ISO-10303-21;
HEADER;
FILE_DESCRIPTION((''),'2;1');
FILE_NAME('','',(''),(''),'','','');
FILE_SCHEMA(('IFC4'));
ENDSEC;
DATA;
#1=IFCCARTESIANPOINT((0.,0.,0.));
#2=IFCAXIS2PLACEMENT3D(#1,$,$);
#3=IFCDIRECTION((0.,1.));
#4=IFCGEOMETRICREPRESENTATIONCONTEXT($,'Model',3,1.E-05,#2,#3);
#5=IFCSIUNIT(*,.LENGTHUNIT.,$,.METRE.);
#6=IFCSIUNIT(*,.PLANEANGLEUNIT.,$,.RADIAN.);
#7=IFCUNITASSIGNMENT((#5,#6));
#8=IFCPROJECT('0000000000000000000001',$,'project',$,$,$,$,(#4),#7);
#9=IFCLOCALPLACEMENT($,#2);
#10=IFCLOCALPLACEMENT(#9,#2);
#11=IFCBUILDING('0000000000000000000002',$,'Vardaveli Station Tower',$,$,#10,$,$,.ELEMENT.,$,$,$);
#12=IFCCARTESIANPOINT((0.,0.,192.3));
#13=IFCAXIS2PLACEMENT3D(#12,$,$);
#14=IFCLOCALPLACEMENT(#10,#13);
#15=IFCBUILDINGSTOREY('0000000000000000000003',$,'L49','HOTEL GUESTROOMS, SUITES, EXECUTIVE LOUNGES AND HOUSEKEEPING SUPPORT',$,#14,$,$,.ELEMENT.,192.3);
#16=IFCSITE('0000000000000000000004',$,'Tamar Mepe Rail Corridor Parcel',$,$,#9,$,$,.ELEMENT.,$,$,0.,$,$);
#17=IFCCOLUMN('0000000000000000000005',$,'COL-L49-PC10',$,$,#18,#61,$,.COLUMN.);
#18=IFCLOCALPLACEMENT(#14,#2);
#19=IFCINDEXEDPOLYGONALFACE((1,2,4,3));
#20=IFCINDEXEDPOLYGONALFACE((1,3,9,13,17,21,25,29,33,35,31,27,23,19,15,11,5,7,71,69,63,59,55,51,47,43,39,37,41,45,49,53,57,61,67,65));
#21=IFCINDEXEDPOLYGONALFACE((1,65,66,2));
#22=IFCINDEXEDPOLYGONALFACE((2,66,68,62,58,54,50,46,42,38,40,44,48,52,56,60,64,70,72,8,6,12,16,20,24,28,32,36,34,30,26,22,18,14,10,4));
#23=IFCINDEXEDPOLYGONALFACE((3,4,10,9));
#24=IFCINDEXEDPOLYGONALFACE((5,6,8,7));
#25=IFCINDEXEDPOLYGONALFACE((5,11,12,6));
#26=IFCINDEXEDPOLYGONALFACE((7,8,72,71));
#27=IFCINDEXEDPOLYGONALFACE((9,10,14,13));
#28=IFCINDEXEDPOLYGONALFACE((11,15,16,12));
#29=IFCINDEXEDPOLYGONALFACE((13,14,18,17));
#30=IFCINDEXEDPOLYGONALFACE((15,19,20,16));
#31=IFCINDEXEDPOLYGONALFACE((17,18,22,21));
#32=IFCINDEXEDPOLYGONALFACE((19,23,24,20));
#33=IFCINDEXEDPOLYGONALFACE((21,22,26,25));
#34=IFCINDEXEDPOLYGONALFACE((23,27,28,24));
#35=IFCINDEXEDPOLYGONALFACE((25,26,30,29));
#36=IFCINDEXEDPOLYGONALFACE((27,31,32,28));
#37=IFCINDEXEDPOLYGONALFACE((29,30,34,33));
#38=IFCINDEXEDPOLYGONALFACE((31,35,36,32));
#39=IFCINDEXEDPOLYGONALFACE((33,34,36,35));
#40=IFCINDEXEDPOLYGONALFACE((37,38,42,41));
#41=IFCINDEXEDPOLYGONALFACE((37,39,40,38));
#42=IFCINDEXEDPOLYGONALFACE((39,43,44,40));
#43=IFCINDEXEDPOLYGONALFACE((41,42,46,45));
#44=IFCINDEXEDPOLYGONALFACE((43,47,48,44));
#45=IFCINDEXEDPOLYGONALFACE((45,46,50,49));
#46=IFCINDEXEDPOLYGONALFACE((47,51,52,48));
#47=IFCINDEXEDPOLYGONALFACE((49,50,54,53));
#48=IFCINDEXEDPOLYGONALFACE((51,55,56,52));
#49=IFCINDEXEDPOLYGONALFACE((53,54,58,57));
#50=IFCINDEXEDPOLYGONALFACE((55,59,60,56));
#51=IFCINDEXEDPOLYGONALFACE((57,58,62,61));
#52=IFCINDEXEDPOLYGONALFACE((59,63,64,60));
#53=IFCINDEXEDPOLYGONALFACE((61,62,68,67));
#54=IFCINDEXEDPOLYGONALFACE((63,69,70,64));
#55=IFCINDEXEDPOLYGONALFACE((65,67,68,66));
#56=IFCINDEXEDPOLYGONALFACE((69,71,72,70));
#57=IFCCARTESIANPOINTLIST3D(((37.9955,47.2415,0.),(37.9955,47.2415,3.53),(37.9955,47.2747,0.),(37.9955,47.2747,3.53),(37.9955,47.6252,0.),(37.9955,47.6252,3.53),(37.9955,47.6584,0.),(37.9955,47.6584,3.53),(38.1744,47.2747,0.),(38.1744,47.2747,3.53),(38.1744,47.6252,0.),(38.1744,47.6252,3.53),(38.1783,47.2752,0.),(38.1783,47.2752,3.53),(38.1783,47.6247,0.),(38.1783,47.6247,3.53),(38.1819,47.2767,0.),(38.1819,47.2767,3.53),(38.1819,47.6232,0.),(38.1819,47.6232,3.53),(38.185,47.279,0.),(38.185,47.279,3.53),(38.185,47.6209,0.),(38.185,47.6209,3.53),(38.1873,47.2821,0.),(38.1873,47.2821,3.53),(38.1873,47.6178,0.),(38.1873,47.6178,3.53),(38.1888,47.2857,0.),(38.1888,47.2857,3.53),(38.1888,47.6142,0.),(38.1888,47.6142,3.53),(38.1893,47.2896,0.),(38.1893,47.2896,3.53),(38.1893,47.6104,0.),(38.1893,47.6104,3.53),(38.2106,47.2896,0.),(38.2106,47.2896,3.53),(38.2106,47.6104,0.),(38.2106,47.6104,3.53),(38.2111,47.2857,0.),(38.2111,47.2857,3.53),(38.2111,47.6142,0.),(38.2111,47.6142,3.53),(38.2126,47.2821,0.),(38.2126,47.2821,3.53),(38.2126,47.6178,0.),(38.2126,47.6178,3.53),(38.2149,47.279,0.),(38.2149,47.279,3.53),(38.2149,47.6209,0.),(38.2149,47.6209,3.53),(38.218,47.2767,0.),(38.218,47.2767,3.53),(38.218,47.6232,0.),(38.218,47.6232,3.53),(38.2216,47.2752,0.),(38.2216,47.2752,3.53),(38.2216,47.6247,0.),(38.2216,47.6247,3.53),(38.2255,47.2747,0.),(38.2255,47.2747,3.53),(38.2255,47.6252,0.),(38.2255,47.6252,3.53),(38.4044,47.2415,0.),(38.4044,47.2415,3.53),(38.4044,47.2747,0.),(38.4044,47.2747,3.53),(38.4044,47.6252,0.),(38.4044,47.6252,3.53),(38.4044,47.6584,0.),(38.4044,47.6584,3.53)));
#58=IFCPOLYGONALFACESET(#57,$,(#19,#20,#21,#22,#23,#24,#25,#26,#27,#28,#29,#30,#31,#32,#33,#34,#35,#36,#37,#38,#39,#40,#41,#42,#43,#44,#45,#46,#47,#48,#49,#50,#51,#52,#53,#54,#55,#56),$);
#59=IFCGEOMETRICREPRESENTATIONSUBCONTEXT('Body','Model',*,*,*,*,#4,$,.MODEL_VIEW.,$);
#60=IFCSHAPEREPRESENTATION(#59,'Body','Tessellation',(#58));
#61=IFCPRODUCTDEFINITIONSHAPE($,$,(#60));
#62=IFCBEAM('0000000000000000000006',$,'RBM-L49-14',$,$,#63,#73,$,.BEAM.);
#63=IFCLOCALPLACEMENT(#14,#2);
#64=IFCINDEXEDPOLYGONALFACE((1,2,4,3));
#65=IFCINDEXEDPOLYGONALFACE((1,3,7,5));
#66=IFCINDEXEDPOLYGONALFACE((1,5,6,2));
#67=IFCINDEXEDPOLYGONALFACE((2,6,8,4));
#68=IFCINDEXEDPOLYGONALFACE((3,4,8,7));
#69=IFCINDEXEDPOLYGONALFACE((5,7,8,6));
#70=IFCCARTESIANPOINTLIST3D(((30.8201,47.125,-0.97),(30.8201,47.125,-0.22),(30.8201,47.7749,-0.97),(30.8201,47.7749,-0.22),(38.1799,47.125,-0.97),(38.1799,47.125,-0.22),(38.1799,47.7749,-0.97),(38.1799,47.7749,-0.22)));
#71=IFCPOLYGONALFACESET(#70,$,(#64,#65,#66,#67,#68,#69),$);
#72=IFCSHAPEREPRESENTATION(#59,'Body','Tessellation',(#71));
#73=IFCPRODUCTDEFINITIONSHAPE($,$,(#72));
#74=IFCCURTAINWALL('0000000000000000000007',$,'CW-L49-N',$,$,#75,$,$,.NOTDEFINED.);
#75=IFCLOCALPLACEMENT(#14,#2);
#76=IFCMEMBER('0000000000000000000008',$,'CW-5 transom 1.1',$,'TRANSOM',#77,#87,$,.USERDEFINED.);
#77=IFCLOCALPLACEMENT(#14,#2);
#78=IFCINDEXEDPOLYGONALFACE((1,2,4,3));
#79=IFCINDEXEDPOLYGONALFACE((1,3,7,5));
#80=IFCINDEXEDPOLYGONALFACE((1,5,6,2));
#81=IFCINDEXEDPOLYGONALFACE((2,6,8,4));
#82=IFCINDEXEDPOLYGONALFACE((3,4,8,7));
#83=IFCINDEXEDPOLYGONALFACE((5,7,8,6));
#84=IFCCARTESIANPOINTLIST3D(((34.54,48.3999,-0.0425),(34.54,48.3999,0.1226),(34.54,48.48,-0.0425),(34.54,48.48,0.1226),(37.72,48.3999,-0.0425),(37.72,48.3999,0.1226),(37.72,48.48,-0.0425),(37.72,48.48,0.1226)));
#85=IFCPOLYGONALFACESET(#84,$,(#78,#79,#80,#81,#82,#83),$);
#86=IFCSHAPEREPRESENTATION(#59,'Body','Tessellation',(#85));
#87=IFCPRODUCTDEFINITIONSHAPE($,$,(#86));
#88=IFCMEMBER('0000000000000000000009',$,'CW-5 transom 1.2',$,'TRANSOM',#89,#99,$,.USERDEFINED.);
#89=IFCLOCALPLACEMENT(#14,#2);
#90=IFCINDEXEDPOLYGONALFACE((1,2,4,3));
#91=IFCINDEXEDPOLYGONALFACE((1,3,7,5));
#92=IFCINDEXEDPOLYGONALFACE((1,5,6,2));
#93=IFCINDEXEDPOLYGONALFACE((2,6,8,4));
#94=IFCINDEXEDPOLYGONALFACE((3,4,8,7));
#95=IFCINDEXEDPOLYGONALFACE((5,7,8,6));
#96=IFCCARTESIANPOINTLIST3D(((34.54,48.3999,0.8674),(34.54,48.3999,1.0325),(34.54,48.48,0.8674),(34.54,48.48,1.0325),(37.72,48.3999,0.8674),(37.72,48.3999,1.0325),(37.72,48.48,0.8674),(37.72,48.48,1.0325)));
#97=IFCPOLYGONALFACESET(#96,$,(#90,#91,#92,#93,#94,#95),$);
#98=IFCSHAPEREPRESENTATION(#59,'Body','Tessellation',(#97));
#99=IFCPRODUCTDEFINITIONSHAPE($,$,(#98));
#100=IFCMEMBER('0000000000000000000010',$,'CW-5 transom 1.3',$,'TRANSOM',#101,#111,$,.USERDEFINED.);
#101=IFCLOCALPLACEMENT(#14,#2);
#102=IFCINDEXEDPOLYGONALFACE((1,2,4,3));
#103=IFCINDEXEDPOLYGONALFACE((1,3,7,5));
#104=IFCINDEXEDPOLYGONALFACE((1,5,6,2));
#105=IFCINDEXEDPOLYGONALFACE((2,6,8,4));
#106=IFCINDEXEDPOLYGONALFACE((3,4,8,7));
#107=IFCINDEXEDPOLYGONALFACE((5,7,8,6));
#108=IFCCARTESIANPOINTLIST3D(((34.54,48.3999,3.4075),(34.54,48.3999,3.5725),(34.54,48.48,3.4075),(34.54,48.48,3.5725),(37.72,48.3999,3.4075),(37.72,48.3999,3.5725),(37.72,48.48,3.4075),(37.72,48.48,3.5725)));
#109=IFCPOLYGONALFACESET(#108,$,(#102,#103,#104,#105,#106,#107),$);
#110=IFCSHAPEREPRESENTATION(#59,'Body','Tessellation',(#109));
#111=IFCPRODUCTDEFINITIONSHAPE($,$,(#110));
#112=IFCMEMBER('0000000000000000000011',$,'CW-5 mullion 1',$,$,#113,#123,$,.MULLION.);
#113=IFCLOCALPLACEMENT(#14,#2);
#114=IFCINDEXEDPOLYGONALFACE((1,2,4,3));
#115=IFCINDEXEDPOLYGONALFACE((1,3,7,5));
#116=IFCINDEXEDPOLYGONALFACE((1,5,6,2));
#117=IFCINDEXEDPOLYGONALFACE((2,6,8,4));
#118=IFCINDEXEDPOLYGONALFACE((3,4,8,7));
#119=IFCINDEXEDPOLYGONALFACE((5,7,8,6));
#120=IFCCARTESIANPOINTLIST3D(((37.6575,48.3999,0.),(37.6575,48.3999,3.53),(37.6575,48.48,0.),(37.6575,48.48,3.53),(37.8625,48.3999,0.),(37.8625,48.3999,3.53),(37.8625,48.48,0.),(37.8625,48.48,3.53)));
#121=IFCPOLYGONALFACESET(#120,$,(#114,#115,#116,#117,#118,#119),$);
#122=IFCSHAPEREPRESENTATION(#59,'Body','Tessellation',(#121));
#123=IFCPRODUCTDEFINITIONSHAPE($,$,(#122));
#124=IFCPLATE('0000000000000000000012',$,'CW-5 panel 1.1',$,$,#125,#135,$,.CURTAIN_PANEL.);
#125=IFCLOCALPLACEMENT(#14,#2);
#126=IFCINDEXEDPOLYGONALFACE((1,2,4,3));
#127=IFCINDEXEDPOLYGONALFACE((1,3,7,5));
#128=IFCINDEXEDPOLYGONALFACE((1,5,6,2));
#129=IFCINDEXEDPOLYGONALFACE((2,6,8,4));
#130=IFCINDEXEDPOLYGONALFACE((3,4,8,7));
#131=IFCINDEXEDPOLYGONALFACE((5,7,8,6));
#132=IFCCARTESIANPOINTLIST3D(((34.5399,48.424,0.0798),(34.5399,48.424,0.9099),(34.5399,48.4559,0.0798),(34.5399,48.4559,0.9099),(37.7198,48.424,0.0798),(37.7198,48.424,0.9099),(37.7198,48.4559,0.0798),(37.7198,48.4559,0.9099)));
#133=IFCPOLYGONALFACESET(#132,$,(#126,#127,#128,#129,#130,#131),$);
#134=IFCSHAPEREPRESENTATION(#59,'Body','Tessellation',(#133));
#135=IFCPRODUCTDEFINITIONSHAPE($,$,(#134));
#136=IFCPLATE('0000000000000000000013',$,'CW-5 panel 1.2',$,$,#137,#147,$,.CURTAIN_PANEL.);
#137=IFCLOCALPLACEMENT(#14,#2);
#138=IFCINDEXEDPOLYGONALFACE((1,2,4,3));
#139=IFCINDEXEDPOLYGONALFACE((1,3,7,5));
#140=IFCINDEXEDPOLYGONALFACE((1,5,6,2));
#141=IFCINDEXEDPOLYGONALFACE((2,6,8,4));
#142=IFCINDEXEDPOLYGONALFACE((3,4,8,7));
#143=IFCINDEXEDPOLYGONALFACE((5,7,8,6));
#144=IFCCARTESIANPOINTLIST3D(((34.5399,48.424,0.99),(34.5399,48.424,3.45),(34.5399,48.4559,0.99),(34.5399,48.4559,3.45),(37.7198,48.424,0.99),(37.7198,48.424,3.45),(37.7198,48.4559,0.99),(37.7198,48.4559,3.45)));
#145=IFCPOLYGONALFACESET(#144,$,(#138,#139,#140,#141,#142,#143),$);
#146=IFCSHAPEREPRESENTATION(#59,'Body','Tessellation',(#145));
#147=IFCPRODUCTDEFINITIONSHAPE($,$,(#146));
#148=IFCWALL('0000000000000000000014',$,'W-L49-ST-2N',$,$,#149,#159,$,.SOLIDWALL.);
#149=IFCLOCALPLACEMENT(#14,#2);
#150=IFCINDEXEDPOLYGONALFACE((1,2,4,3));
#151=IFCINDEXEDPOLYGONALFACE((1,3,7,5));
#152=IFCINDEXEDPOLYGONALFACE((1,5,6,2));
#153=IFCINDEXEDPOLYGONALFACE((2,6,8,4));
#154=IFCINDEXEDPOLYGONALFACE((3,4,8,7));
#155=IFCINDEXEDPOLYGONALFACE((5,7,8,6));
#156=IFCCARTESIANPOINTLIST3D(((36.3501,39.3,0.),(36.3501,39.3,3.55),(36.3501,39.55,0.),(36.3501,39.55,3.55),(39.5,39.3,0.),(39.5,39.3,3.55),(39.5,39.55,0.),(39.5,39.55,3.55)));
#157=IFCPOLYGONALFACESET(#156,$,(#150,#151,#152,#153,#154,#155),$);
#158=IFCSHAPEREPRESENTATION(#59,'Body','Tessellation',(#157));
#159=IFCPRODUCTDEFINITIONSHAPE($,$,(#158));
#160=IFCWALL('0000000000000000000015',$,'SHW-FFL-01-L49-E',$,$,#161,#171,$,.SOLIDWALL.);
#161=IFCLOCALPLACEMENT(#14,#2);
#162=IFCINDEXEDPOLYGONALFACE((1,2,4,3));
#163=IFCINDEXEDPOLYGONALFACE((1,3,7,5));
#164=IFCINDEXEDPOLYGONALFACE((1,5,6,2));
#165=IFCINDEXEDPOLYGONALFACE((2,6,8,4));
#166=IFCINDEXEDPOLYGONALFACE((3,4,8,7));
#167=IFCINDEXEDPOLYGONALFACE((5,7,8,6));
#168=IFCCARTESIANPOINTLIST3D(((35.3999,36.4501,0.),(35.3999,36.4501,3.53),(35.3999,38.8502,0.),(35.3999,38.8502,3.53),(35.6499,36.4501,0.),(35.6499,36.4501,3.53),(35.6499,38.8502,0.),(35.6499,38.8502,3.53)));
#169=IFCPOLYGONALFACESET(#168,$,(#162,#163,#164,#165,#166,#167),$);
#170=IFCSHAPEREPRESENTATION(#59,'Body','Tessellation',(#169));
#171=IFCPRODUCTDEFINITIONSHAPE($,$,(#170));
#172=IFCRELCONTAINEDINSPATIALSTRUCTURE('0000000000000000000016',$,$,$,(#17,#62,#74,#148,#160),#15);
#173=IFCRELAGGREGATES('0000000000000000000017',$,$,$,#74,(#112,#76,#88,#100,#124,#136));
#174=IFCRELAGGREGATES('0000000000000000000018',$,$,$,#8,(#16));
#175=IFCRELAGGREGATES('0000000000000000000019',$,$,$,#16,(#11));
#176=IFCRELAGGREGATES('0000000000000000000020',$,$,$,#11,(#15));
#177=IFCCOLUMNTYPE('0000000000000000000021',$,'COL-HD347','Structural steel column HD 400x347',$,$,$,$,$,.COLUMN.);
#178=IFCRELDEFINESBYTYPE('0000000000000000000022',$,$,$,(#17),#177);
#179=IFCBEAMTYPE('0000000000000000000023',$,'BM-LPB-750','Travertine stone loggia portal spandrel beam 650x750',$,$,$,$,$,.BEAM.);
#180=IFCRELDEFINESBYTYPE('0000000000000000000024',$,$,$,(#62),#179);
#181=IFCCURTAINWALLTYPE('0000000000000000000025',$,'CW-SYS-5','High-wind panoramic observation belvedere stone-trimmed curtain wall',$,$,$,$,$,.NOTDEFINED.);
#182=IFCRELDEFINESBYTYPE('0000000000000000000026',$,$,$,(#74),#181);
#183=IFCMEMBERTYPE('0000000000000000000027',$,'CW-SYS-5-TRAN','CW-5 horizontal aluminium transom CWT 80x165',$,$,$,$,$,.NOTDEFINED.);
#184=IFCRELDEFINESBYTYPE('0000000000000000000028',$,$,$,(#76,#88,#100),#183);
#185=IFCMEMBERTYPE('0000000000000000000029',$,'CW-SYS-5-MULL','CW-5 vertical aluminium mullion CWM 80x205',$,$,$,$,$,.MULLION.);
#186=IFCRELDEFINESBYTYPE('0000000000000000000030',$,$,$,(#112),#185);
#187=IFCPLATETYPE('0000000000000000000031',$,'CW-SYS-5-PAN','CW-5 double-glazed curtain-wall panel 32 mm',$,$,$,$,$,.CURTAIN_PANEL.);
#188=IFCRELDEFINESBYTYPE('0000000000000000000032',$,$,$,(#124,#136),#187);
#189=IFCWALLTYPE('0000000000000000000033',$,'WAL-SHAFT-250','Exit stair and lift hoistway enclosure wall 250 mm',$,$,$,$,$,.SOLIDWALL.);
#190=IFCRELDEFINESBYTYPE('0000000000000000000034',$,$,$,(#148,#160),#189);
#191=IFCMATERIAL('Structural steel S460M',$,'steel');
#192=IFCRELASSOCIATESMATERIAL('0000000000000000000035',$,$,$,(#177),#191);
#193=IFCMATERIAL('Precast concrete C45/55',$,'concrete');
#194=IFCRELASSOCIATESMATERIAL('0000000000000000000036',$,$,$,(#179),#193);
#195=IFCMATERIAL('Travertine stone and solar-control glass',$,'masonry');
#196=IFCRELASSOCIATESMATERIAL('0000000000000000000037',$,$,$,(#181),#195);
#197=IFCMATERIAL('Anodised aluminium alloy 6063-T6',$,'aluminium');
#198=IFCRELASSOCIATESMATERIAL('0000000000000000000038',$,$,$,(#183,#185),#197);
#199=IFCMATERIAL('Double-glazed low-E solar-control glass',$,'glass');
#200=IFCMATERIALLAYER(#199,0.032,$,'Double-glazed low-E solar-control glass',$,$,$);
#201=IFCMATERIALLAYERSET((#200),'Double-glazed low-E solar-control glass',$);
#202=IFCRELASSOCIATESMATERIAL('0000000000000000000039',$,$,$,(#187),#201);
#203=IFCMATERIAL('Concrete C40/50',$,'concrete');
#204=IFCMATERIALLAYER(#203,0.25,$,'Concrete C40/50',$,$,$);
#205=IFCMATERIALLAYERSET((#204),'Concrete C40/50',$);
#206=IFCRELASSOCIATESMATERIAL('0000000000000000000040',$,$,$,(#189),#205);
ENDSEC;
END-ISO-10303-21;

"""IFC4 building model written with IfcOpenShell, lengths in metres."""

from ifc_helpers import new_model, si_unit, direction, frame, frame_2d, origin, origin_2d, place, context, subcontext, project, spatial, rectangle, i_section, extrude, source, transform, mapped, material, layer, layer_set, material_profile, profile_set, type_object, element, aggregate, save


model = new_model("IFC4")

# Units and contexts
model_context = context("Model", 3, precision=1e-05, world=origin(), true_north=direction((0.0, 1.0)))
body_context = subcontext(model_context, "Body", "Model", "MODEL_VIEW")
ifc_project = project(units=[si_unit("LENGTHUNIT", "METRE"), si_unit("PLANEANGLEUNIT", "RADIAN")], contexts=[model_context])

# Site, building, storey
site_placement = place(None, origin())
site = spatial("IfcSite", under=ifc_project, at=site_placement, Name="Tamar Mepe Rail Corridor Parcel", CompositionType="ELEMENT", RefElevation=0.0)
building_placement = place(site_placement, origin())
building = spatial("IfcBuilding", under=site, at=building_placement, Name="Vardaveli Station Tower", CompositionType="ELEMENT")
storey_placement = place(building_placement, frame((0.0, 0.0, 192.3)))
storey = spatial("IfcBuildingStorey", under=building, at=storey_placement, Name="L49", Description="HOTEL GUESTROOMS, SUITES, EXECUTIVE LOUNGES AND HOUSEKEEPING SUPPORT", CompositionType="ELEMENT", Elevation=192.3)

# Column
ifc_material_1 = material(Name="Structural steel S460M", Category="steel")
ifc_material_profile_1 = material_profile(ifc_material_1, i_section(OverallWidth=0.4089, OverallDepth=0.417, WebThickness=0.0212, FlangeThickness=0.0332, FilletRadius=0.0149, at=origin_2d()), Name="HD 400x347")
ifc_profile_set_1 = profile_set([ifc_material_profile_1], Name="Structural steel S460M")
column_type = type_object("IfcColumnType", Name="COL-HD347", Description="Structural steel column HD 400x347", PredefinedType="COLUMN", material=ifc_profile_set_1)
shared_shape_1 = source(origin(), body_context, "Body", "SweptSolid", [
    extrude(i_section(OverallWidth=0.4089, OverallDepth=0.417, WebThickness=0.0212, FlangeThickness=0.0332, FilletRadius=0.0149, at=origin_2d()), origin(), (0.0, 0.0, 1.0), 3.53),
])
column_placement = place(storey_placement, frame((38.2, 47.45, 0.0), z_axis=(0.0, 0.0, 1.0), x_axis=(1.0, 0.0, 0.0)))
element("IfcColumn", 1, at=column_placement, inside=storey, type_object=column_type, Name="COL-L49-PC10", PredefinedType="COLUMN", context=body_context, shape_type="MappedRepresentation", body=[
    mapped(shared_shape_1, transform((0.0, 0.0, 0.0), scale=1.0)),
])

# Beam
ifc_material_2 = material(Name="Precast concrete C45/55", Category="concrete")
ifc_material_profile_2 = material_profile(ifc_material_2, rectangle(XDim=0.6499, YDim=0.75, at=origin_2d()), Name="LPB 650x750")
ifc_profile_set_2 = profile_set([ifc_material_profile_2], Name="Precast concrete C45/55")
beam_type = type_object("IfcBeamType", Name="BM-LPB-750", Description="Travertine stone loggia portal spandrel beam 650x750", PredefinedType="BEAM", material=ifc_profile_set_2)
shared_shape_2 = source(origin(), body_context, "Body", "SweptSolid", [
    extrude(rectangle(XDim=0.6499, YDim=0.75, at=origin_2d()), origin(), (0.0, 0.0, 1.0), 7.3599),
])
beam_placement = place(storey_placement, frame((38.1799, 47.45, -0.595), z_axis=(-1.0, 0.0, 0.0), x_axis=(0.0, -1.0, 0.0)))
element("IfcBeam", 2, at=beam_placement, inside=storey, type_object=beam_type, Name="RBM-L49-14", PredefinedType="BEAM", context=body_context, shape_type="MappedRepresentation", body=[
    mapped(shared_shape_2, transform((0.0, 0.0, 0.0), scale=1.0)),
])

# Curtain wall, members, plates
ifc_material_3 = material(Name="Travertine stone and solar-control glass", Category="masonry")
curtain_wall_type = type_object("IfcCurtainWallType", Name="CW-SYS-5", Description="High-wind panoramic observation belvedere stone-trimmed curtain wall", PredefinedType="NOTDEFINED", material=ifc_material_3)
curtain_wall_placement = place(storey_placement, origin())
curtain_wall = element("IfcCurtainWall", 3, at=curtain_wall_placement, inside=storey, type_object=curtain_wall_type, Name="CW-L49-N", PredefinedType="NOTDEFINED")
ifc_material_4 = material(Name="Anodised aluminium alloy 6063-T6", Category="aluminium")
ifc_material_profile_3 = material_profile(ifc_material_4, rectangle(XDim=0.0801, YDim=0.165, at=origin_2d()), Name="CWT 80x165")
ifc_profile_set_3 = profile_set([ifc_material_profile_3], Name="Anodised aluminium alloy 6063-T6")
member_type_1 = type_object("IfcMemberType", Name="CW-SYS-5-TRAN", Description="CW-5 horizontal aluminium transom CWT 80x165", PredefinedType="NOTDEFINED", material=ifc_profile_set_3)
shared_shape_3 = source(origin(), body_context, "Body", "SweptSolid", [
    extrude(rectangle(XDim=0.0801, YDim=0.165, at=origin_2d()), origin(), (0.0, 0.0, 1.0), 3.1799),
])
member_1_placement = place(storey_placement, frame((37.72, 48.4399, 0.04), z_axis=(-1.0, 0.0, 0.0), x_axis=(0.0, -1.0, 0.0)))
member_1 = element("IfcMember", 4, at=member_1_placement, type_object=member_type_1, Name="CW-5 transom 1.1", ObjectType="TRANSOM", PredefinedType="USERDEFINED", context=body_context, shape_type="MappedRepresentation", body=[
    mapped(shared_shape_3, transform((0.0, 0.0, 0.0), scale=1.0)),
])
member_2_placement = place(storey_placement, frame((37.72, 48.4399, 0.95), z_axis=(-1.0, 0.0, 0.0), x_axis=(0.0, -1.0, 0.0)))
member_2 = element("IfcMember", 5, at=member_2_placement, type_object=member_type_1, Name="CW-5 transom 1.2", ObjectType="TRANSOM", PredefinedType="USERDEFINED", context=body_context, shape_type="MappedRepresentation", body=[
    mapped(shared_shape_3, transform((0.0, 0.0, 0.0), scale=1.0)),
])
member_3_placement = place(storey_placement, frame((37.72, 48.4399, 3.49), z_axis=(-1.0, 0.0, 0.0), x_axis=(0.0, -1.0, 0.0)))
member_3 = element("IfcMember", 6, at=member_3_placement, type_object=member_type_1, Name="CW-5 transom 1.3", ObjectType="TRANSOM", PredefinedType="USERDEFINED", context=body_context, shape_type="MappedRepresentation", body=[
    mapped(shared_shape_3, transform((0.0, 0.0, 0.0), scale=1.0)),
])
ifc_material_profile_4 = material_profile(ifc_material_4, rectangle(XDim=0.0801, YDim=0.2051, at=origin_2d()), Name="CWM 80x205")
ifc_profile_set_4 = profile_set([ifc_material_profile_4], Name="Anodised aluminium alloy 6063-T6")
member_type_2 = type_object("IfcMemberType", Name="CW-SYS-5-MULL", Description="CW-5 vertical aluminium mullion CWM 80x205", PredefinedType="MULLION", material=ifc_profile_set_4)
shared_shape_4 = source(origin(), body_context, "Body", "SweptSolid", [
    extrude(rectangle(XDim=0.0801, YDim=0.2051, at=origin_2d()), origin(), (0.0, 0.0, 1.0), 3.53),
])
member_4_placement = place(storey_placement, frame((37.76, 48.4399, 0.0), z_axis=(0.0, 0.0, 1.0), x_axis=(0.0, -1.0, 0.0)))
member_4 = element("IfcMember", 7, at=member_4_placement, type_object=member_type_2, Name="CW-5 mullion 1", PredefinedType="MULLION", context=body_context, shape_type="MappedRepresentation", body=[
    mapped(shared_shape_4, transform((0.0, 0.0, 0.0), scale=1.0)),
])
ifc_material_5 = material(Name="Double-glazed low-E solar-control glass", Category="glass")
ifc_layer_1 = layer(ifc_material_5, 0.032, Name="Double-glazed low-E solar-control glass")
ifc_layer_set_1 = layer_set([ifc_layer_1], Name="Double-glazed low-E solar-control glass")
plate_type = type_object("IfcPlateType", Name="CW-SYS-5-PAN", Description="CW-5 double-glazed curtain-wall panel 32 mm", PredefinedType="CURTAIN_PANEL", material=ifc_layer_set_1)
shared_shape_5 = source(origin(), body_context, "Body", "SweptSolid", [
    extrude(rectangle(XDim=3.1799, YDim=0.032, at=origin_2d()), origin(), (0.0, 0.0, 1.0), 0.8301),
])
plate_1_placement = place(storey_placement, frame((36.1299, 48.4399, 0.0798), z_axis=(0.0, 0.0, 1.0), x_axis=(-1.0, 0.0, 0.0)))
plate_1 = element("IfcPlate", 8, at=plate_1_placement, type_object=plate_type, Name="CW-5 panel 1.1", PredefinedType="CURTAIN_PANEL", context=body_context, shape_type="MappedRepresentation", body=[
    mapped(shared_shape_5, transform((0.0, 0.0, 0.0), scale=1.0)),
])
shared_shape_6 = source(origin(), body_context, "Body", "SweptSolid", [
    extrude(rectangle(XDim=3.1799, YDim=0.032, at=origin_2d()), origin(), (0.0, 0.0, 1.0), 2.46),
])
plate_2_placement = place(storey_placement, frame((36.1299, 48.4399, 0.99), z_axis=(0.0, 0.0, 1.0), x_axis=(-1.0, 0.0, 0.0)))
plate_2 = element("IfcPlate", 9, at=plate_2_placement, type_object=plate_type, Name="CW-5 panel 1.2", PredefinedType="CURTAIN_PANEL", context=body_context, shape_type="MappedRepresentation", body=[
    mapped(shared_shape_6, transform((0.0, 0.0, 0.0), scale=1.0)),
])
aggregate(curtain_wall, [member_4, member_1, member_2, member_3, plate_1, plate_2])

# Walls
ifc_material_6 = material(Name="Concrete C40/50", Category="concrete")
ifc_layer_2 = layer(ifc_material_6, 0.25, Name="Concrete C40/50")
ifc_layer_set_2 = layer_set([ifc_layer_2], Name="Concrete C40/50")
wall_type_1 = type_object("IfcWallType", Name="WAL-SHAFT-250", Description="Exit stair and lift hoistway enclosure wall 250 mm", PredefinedType="SOLIDWALL", material=ifc_layer_set_2)
shared_shape_7 = source(origin(), body_context, "Body", "SweptSolid", [
    extrude(rectangle(XDim=3.1499, YDim=0.25, at=frame_2d((1.575, 0.0))), origin(), (0.0, 0.0, 1.0), 3.55),
])
wall_1_placement = place(storey_placement, frame((36.3501, 39.425, 0.0), z_axis=(0.0, 0.0, 1.0), x_axis=(1.0, 0.0, 0.0)))
element("IfcWall", 10, at=wall_1_placement, inside=storey, type_object=wall_type_1, Name="W-L49-ST-2N", PredefinedType="SOLIDWALL", context=body_context, shape_type="MappedRepresentation", body=[
    mapped(shared_shape_7, transform((0.0, 0.0, 0.0), scale=1.0)),
])
shared_shape_8 = source(origin(), body_context, "Body", "SweptSolid", [
    extrude(rectangle(XDim=2.4001, YDim=0.25, at=frame_2d((1.2002, 0.0))), origin(), (0.0, 0.0, 1.0), 3.53),
])
for number, where, z_axis, x_axis, name in (
    (11, (35.5249, 36.45, 0.0), (0.0, 0.0, 1.0), (0.0, 1.0, 0.0), "SHW-FFL-01-L49-E"),
):
    element("IfcWall", number, at=place(storey_placement, frame(where, z_axis=z_axis, x_axis=x_axis)), inside=storey, type_object=wall_type_1, Name=name, PredefinedType="SOLIDWALL", context=body_context, shape_type="MappedRepresentation", body=[
        mapped(shared_shape_8, transform((0.0, 0.0, 0.0), scale=1.0)),
    ])

save(model, "model.ifc")
